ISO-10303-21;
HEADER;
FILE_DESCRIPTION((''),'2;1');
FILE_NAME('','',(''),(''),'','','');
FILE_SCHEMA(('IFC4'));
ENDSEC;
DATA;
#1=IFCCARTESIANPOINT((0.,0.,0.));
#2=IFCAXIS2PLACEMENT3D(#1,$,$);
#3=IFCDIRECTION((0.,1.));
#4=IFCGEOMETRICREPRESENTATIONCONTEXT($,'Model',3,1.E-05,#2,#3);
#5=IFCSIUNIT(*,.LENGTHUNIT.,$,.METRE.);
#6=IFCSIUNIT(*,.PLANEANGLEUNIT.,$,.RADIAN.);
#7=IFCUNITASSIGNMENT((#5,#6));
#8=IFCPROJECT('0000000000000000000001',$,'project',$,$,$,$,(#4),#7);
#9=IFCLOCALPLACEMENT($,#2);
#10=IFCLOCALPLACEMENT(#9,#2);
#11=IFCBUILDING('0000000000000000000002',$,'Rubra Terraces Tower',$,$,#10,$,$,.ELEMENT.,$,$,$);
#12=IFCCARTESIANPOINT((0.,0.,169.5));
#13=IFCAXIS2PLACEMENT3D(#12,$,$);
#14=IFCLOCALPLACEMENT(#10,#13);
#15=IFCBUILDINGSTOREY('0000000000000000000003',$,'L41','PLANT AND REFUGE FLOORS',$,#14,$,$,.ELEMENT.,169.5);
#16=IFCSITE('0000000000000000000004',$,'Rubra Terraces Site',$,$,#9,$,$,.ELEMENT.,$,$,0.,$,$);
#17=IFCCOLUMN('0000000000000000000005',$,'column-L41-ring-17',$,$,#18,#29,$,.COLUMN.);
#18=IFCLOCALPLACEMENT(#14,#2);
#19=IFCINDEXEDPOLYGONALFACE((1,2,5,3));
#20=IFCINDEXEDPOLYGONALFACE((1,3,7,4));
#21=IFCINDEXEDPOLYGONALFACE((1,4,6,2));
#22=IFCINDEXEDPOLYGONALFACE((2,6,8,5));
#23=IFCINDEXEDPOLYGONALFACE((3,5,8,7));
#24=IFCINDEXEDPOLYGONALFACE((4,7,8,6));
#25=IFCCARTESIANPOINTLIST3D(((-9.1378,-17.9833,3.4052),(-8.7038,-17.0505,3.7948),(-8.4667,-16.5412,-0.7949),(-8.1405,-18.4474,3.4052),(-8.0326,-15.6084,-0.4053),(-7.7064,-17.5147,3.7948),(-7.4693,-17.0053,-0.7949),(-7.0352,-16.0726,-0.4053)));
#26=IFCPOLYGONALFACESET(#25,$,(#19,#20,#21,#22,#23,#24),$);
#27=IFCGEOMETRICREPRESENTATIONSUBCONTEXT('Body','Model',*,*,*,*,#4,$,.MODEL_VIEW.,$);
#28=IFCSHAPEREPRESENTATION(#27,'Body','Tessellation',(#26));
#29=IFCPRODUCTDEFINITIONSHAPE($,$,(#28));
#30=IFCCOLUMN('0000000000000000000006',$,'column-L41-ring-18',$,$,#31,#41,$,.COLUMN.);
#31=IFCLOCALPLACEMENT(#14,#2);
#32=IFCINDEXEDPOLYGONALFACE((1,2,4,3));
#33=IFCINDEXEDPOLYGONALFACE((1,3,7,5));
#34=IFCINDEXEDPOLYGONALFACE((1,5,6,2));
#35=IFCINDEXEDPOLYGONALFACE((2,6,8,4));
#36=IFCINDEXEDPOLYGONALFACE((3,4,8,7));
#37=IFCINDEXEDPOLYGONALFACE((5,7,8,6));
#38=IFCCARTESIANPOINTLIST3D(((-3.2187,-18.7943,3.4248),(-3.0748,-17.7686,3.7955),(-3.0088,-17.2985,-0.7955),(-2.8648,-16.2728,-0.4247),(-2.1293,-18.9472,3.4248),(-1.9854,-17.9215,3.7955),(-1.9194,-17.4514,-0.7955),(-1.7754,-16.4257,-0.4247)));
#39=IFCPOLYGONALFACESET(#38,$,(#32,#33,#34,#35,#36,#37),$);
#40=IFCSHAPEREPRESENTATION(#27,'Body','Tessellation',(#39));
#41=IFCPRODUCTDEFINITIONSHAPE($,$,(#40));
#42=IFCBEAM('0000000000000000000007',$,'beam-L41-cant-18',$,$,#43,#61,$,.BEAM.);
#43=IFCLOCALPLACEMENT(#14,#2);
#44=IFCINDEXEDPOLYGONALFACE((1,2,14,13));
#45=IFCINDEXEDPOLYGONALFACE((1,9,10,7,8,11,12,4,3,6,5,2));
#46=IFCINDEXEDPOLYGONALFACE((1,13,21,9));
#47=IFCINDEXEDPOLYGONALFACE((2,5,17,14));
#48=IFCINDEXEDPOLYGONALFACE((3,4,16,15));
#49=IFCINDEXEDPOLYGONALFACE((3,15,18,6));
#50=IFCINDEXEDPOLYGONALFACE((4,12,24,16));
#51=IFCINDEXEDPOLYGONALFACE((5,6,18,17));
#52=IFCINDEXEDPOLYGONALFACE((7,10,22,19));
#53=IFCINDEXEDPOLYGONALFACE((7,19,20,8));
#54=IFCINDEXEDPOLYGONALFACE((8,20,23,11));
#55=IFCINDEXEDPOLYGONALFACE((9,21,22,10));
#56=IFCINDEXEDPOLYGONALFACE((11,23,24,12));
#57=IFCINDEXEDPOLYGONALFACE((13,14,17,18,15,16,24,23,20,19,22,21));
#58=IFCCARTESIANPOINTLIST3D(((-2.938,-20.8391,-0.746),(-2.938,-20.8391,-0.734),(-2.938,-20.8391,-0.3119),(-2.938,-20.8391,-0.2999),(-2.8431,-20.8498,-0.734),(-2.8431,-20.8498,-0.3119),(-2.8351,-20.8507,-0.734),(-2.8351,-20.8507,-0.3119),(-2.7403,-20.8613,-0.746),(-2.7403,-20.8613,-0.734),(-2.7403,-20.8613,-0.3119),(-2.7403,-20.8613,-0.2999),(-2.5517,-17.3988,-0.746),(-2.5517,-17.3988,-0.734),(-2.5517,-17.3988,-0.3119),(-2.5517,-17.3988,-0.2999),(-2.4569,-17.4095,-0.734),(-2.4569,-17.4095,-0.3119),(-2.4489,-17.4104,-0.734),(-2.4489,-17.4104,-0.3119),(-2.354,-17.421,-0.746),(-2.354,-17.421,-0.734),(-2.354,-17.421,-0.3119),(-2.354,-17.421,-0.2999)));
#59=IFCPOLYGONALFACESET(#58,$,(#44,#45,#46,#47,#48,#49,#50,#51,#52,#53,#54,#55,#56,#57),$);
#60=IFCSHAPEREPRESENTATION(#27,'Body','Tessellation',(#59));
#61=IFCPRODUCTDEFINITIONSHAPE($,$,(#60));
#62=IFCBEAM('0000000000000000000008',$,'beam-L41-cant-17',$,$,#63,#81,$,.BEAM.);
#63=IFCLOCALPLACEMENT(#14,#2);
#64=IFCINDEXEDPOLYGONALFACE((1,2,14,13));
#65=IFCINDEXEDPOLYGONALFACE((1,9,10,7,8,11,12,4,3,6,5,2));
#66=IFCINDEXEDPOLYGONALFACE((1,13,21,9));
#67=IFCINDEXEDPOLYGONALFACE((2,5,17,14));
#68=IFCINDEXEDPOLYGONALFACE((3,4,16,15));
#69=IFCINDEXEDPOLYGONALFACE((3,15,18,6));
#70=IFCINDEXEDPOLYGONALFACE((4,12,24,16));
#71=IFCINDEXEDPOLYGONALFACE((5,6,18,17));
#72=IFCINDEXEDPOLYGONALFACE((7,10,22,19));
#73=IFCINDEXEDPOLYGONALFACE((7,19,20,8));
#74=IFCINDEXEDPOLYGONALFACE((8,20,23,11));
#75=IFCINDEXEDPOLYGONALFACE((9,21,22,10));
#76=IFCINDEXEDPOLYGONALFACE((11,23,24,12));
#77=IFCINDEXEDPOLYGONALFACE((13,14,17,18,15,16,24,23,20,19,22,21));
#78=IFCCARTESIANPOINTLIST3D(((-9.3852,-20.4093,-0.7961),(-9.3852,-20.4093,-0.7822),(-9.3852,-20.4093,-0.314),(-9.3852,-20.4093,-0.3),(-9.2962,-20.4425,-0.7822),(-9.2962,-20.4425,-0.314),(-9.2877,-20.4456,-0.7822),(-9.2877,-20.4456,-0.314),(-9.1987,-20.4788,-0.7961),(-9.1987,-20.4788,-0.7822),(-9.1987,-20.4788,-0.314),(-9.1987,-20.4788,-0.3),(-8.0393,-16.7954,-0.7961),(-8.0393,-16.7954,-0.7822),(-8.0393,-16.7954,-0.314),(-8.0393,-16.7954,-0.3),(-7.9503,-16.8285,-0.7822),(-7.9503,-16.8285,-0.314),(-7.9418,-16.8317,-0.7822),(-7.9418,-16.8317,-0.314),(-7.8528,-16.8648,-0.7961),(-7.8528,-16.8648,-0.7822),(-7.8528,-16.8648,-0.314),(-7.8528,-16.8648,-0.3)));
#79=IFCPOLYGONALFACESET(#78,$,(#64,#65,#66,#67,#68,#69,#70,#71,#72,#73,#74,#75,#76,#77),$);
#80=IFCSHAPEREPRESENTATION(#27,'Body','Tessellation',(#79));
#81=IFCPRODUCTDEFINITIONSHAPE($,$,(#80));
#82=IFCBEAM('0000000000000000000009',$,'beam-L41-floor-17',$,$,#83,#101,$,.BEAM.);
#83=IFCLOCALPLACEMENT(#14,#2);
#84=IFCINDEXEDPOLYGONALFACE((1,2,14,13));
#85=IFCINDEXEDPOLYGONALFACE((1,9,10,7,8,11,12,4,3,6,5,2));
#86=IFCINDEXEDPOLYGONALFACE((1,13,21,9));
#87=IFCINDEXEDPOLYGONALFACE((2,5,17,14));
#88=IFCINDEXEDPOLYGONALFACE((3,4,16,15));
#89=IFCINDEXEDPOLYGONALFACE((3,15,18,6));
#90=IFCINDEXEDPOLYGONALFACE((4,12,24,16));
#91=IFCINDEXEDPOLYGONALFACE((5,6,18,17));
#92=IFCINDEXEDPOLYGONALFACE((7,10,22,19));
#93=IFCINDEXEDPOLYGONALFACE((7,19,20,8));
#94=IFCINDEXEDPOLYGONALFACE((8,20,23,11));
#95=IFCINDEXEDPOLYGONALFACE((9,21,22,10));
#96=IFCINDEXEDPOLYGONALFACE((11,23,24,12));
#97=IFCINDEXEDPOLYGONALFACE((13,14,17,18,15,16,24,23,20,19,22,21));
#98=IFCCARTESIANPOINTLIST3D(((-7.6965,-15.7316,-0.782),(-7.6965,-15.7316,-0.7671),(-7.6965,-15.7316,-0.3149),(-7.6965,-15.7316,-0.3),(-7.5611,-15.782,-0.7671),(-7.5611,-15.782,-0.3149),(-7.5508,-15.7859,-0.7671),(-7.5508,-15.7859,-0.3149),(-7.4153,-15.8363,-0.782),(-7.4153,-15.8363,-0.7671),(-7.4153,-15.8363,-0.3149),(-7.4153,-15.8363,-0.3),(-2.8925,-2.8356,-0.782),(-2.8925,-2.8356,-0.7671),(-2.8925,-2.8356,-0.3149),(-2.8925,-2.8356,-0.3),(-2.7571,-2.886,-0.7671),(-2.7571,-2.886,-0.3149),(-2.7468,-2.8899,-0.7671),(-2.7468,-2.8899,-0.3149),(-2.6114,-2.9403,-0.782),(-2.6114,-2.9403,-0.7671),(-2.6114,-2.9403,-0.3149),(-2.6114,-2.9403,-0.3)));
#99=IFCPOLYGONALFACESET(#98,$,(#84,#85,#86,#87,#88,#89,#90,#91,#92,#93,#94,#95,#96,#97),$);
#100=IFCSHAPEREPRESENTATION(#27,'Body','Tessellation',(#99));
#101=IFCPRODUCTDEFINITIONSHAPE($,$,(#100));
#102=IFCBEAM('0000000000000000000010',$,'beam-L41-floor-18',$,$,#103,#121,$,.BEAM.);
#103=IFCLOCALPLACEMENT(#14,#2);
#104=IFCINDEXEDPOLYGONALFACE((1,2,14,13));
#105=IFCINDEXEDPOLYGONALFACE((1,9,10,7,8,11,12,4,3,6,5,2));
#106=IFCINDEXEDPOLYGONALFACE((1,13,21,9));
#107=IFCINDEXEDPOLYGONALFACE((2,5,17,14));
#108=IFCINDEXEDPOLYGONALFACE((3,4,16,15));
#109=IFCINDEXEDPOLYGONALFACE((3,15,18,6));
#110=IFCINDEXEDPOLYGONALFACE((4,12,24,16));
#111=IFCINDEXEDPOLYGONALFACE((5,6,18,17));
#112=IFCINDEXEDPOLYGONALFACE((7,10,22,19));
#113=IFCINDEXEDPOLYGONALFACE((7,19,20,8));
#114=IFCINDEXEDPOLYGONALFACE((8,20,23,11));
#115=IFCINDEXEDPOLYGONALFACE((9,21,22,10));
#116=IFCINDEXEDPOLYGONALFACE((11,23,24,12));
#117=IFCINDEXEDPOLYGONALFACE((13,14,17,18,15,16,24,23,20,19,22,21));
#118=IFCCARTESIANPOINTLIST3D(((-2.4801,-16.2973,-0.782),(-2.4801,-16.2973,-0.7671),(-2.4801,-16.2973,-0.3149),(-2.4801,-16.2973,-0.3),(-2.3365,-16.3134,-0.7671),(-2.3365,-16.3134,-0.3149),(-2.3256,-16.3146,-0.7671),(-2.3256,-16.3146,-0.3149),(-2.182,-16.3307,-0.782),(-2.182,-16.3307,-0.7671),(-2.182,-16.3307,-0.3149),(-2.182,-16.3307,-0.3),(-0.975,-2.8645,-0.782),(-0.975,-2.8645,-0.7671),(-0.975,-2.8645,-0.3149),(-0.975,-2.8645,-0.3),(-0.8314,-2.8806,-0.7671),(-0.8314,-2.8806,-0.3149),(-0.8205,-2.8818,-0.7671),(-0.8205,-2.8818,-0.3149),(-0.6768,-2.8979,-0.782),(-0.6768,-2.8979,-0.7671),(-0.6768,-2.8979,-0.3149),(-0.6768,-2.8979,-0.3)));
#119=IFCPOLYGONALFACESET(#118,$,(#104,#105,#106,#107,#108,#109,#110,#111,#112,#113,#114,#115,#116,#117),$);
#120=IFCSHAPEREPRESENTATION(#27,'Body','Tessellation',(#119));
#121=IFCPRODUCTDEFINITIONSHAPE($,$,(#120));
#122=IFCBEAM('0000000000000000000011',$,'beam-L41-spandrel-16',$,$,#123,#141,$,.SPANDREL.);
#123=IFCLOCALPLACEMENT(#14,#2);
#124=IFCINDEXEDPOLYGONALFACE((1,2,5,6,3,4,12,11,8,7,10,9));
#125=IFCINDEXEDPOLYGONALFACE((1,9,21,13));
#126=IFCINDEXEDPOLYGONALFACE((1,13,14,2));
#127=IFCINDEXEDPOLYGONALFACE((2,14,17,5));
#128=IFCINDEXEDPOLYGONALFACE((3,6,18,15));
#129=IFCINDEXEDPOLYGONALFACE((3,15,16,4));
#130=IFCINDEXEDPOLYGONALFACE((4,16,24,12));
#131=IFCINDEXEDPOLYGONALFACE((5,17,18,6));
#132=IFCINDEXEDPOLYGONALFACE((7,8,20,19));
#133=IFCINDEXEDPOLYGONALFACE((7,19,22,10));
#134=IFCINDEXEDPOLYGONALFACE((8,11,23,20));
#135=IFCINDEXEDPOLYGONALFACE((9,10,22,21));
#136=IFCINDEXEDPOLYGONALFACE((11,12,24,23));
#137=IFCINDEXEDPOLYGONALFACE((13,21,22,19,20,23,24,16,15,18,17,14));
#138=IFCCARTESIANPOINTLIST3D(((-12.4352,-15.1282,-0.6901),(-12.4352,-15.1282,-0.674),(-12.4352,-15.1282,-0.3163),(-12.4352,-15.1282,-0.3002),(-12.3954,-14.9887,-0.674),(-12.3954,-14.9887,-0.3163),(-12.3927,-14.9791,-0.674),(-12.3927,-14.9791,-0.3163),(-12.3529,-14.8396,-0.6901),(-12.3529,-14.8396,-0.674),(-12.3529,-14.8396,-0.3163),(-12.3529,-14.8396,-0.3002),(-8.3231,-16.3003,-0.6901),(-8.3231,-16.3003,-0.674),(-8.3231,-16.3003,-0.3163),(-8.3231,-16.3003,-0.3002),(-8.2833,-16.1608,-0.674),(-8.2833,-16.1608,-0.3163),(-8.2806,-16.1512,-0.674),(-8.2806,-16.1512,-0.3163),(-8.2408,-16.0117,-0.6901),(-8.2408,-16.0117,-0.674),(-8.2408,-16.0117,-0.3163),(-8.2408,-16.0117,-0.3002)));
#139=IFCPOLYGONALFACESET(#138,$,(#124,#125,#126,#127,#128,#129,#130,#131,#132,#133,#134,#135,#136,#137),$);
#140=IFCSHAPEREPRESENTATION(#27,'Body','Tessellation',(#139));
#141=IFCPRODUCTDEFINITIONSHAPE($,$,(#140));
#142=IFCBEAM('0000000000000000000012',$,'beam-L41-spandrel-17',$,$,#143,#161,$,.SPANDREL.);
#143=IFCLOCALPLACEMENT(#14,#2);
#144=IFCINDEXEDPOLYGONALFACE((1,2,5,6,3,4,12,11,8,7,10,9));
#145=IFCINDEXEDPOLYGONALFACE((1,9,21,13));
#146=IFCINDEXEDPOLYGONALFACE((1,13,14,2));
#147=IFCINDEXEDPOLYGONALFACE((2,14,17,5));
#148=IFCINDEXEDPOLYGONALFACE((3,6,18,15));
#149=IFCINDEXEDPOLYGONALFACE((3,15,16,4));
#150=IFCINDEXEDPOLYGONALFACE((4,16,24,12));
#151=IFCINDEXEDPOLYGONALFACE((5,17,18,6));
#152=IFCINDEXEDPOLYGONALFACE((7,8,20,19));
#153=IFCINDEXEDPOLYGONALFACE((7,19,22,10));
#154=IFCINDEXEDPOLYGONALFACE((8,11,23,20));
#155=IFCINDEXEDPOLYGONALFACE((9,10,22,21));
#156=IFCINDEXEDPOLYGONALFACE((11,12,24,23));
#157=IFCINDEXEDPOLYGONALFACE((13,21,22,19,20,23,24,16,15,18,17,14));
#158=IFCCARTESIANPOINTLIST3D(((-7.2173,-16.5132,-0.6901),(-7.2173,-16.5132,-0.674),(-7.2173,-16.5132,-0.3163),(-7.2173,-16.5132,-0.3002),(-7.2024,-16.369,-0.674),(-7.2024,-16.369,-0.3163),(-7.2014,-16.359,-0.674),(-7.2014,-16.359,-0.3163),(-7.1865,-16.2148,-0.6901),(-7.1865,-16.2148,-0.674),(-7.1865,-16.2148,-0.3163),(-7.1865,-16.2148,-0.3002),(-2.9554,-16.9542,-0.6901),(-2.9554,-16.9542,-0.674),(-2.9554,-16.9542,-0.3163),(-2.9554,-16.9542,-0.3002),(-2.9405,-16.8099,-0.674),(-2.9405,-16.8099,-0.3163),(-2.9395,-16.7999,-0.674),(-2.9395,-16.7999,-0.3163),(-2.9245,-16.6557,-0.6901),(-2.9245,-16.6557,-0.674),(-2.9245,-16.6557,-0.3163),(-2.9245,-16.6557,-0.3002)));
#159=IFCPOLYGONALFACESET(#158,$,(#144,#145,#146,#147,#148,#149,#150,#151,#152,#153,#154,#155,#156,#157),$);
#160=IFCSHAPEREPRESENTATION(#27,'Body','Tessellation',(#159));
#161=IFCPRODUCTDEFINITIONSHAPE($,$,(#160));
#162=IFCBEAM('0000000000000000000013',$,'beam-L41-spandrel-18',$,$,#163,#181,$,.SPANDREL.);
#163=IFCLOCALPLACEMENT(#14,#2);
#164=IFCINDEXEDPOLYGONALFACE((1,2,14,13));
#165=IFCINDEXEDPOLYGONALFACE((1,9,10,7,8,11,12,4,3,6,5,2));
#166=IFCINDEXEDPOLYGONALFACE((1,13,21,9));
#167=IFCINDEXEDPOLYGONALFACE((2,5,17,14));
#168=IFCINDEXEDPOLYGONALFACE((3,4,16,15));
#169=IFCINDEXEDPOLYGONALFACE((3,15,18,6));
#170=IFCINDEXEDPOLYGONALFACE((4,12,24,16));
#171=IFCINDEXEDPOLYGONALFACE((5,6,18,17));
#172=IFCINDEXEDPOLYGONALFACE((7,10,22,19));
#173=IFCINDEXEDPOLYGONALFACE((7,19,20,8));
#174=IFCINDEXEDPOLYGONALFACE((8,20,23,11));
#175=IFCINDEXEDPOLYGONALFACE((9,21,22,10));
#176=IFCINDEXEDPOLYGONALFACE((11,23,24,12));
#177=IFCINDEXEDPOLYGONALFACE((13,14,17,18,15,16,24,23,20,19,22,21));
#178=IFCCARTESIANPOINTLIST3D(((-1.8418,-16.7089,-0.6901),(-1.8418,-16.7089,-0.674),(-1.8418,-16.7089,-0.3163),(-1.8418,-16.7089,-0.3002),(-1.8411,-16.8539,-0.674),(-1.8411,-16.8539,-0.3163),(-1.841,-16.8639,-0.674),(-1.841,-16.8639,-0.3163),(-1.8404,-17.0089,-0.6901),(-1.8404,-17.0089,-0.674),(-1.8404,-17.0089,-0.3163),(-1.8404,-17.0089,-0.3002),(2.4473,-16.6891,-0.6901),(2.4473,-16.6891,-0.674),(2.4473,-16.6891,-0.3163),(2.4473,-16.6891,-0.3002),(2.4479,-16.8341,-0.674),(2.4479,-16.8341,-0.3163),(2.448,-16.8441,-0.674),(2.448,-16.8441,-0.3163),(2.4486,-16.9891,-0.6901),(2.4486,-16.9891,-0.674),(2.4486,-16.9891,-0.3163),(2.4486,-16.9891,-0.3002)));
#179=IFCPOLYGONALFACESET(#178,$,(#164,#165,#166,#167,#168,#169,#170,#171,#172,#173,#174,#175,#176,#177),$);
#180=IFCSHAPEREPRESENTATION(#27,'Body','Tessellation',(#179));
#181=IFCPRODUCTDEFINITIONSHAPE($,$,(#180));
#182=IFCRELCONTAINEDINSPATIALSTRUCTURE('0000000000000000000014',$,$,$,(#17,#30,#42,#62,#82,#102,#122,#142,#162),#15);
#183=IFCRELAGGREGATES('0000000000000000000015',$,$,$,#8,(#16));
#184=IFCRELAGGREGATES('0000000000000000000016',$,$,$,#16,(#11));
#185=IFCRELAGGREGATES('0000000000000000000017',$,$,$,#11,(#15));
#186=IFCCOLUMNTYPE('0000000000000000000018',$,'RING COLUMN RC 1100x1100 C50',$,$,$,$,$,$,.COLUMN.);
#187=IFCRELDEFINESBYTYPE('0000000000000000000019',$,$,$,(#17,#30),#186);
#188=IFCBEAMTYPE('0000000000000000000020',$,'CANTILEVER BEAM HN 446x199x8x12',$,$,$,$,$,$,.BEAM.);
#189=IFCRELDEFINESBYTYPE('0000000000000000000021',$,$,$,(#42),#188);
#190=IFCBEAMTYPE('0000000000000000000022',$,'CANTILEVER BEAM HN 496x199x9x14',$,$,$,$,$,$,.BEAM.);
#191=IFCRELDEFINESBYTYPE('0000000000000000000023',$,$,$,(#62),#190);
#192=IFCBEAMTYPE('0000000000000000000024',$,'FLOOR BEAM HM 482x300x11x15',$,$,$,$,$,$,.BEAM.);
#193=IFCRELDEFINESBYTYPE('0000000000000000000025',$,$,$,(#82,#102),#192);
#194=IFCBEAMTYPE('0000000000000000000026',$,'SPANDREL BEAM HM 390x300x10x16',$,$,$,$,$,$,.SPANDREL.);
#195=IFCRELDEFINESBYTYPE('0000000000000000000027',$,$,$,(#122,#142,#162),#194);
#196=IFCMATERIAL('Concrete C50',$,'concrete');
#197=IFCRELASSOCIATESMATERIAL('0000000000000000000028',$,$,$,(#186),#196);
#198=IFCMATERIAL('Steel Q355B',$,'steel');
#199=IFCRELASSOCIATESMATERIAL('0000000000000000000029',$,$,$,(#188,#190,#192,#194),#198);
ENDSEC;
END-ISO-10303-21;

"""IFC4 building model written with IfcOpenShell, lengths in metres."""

from ifc_helpers import new_model, si_unit, direction, frame, origin, origin_2d, place, context, subcontext, project, spatial, rectangle, i_section, extrude, material, material_profile, profile_set, type_object, element, save


model = new_model("IFC4")

# Units and contexts
model_context = context("Model", 3, precision=1e-05, world=origin(), true_north=direction((0.0, 1.0)))
body_context = subcontext(model_context, "Body", "Model", "MODEL_VIEW")
ifc_project = project(units=[si_unit("LENGTHUNIT", "METRE"), si_unit("PLANEANGLEUNIT", "RADIAN")], contexts=[model_context])

# Site, building, storey
site_placement = place(None, origin())
site = spatial("IfcSite", under=ifc_project, at=site_placement, Name="Rubra Terraces Site", CompositionType="ELEMENT", RefElevation=0.0)
building_placement = place(site_placement, origin())
building = spatial("IfcBuilding", under=site, at=building_placement, Name="Rubra Terraces Tower", CompositionType="ELEMENT")
storey_placement = place(building_placement, frame((0.0, 0.0, 169.5)))
storey = spatial("IfcBuildingStorey", under=building, at=storey_placement, Name="L41", Description="PLANT AND REFUGE FLOORS", CompositionType="ELEMENT", Elevation=169.5)

# Columns
ifc_material_1 = material(Name="Concrete C50", Category="concrete")
ifc_material_profile_1 = material_profile(ifc_material_1, rectangle(XDim=1.1001, YDim=1.1001, at=origin_2d()), Name="RC 1100x1100")
ifc_profile_set_1 = profile_set([ifc_material_profile_1], Name="Concrete C50")
column_type = type_object("IfcColumnType", Name="RING COLUMN RC 1100x1100 C50", PredefinedType="COLUMN", material=ifc_profile_set_1)
column_1_placement = place(storey_placement, frame((-7.751, -16.3069, -0.6001), z_axis=(-0.149431, -0.321096, 0.935183), x_axis=(0.90663, -0.421927, 0.0)))
element("IfcColumn", 1, at=column_1_placement, inside=storey, type_object=column_type, Name="column-L41-ring-17", PredefinedType="COLUMN", context=body_context, shape_type="SweptSolid", body=[
    extrude(rectangle(XDim=1.1001, YDim=1.1001, at=origin_2d()), origin(), (0.0, 0.0, 1.0), 4.4912),
])
column_2_placement = place(storey_placement, frame((-2.3921, -16.8621, -0.6101), z_axis=(-0.046841, -0.333717, 0.941509), x_axis=(0.990292, -0.139, 0.0)))
element("IfcColumn", 2, at=column_2_placement, inside=storey, type_object=column_type, Name="column-L41-ring-18", PredefinedType="COLUMN", context=body_context, shape_type="SweptSolid", body=[
    extrude(rectangle(XDim=1.1001, YDim=1.1001, at=origin_2d()), origin(), (0.0, 0.0, 1.0), 4.4824),
])

# Beams
ifc_material_2 = material(Name="Steel Q355B", Category="steel")
ifc_material_profile_2 = material_profile(ifc_material_2, i_section(OverallWidth=0.199, OverallDepth=0.446, WebThickness=0.0081, FlangeThickness=0.012, at=origin_2d()), Name="HN 446x199x8x12")
ifc_profile_set_2 = profile_set([ifc_material_profile_2], Name="Steel Q355B")
beam_type_1 = type_object("IfcBeamType", Name="CANTILEVER BEAM HN 446x199x8x12", PredefinedType="BEAM", material=ifc_profile_set_2)
beam_1_placement = place(storey_placement, frame((-2.4529, -17.4099, -0.5229), z_axis=(-0.111569, -0.993757, 0.0), x_axis=(0.993757, -0.111569, 0.0)))
element("IfcBeam", 3, at=beam_1_placement, inside=storey, type_object=beam_type_1, Name="beam-L41-cant-18", PredefinedType="BEAM", context=body_context, shape_type="SweptSolid", body=[
    extrude(i_section(OverallWidth=0.199, OverallDepth=0.446, WebThickness=0.0081, FlangeThickness=0.012, at=origin_2d()), origin(), (0.0, 0.0, 1.0), 3.4619),
])
ifc_material_profile_3 = material_profile(ifc_material_2, i_section(OverallWidth=0.199, OverallDepth=0.4961, WebThickness=0.009, FlangeThickness=0.0139, at=origin_2d()), Name="HN 496x199x9x14")
ifc_profile_set_3 = profile_set([ifc_material_profile_3], Name="Steel Q355B")
beam_type_2 = type_object("IfcBeamType", Name="CANTILEVER BEAM HN 496x199x9x14", PredefinedType="BEAM", material=ifc_profile_set_3)
beam_2_placement = place(storey_placement, frame((-7.946, -16.8301, -0.5481), z_axis=(-0.349007, -0.93712, 0.0), x_axis=(0.93712, -0.349007, 0.0)))
element("IfcBeam", 4, at=beam_2_placement, inside=storey, type_object=beam_type_2, Name="beam-L41-cant-17", PredefinedType="BEAM", context=body_context, shape_type="SweptSolid", body=[
    extrude(i_section(OverallWidth=0.199, OverallDepth=0.4961, WebThickness=0.009, FlangeThickness=0.0139, at=origin_2d()), origin(), (0.0, 0.0, 1.0), 3.8564),
])
ifc_material_profile_4 = material_profile(ifc_material_2, i_section(OverallWidth=0.3, OverallDepth=0.4819, WebThickness=0.011, FlangeThickness=0.0149, at=origin_2d()), Name="HM 482x300x11x15")
ifc_profile_set_4 = profile_set([ifc_material_profile_4], Name="Steel Q355B")
beam_type_3 = type_object("IfcBeamType", Name="FLOOR BEAM HM 482x300x11x15", PredefinedType="BEAM", material=ifc_profile_set_4)
beam_3_placement = place(storey_placement, frame((-7.5559, -15.7839, -0.541), z_axis=(0.349081, 0.937092, 0.0), x_axis=(-0.937092, 0.349081, 0.0)))
element("IfcBeam", 5, at=beam_3_placement, inside=storey, type_object=beam_type_3, Name="beam-L41-floor-17", PredefinedType="BEAM", context=body_context, shape_type="SweptSolid", body=[
    extrude(i_section(OverallWidth=0.3, OverallDepth=0.4819, WebThickness=0.011, FlangeThickness=0.0149, at=origin_2d()), origin(), (0.0, 0.0, 1.0), 13.7617),
])
beam_4_placement = place(storey_placement, frame((-2.3311, -16.314, -0.541), z_axis=(0.111351, 0.993781, 0.0), x_axis=(-0.993781, 0.111351, 0.0)))
element("IfcBeam", 6, at=beam_4_placement, inside=storey, type_object=beam_type_3, Name="beam-L41-floor-18", PredefinedType="BEAM", context=body_context, shape_type="SweptSolid", body=[
    extrude(i_section(OverallWidth=0.3, OverallDepth=0.4819, WebThickness=0.011, FlangeThickness=0.0149, at=origin_2d()), origin(), (0.0, 0.0, 1.0), 13.5168),
])
ifc_material_profile_5 = material_profile(ifc_material_2, i_section(OverallWidth=0.3, OverallDepth=0.3899, WebThickness=0.01, FlangeThickness=0.0161, at=origin_2d()), Name="HM 390x300x10x16")
ifc_profile_set_5 = profile_set([ifc_material_profile_5], Name="Steel Q355B")
beam_type_4 = type_object("IfcBeamType", Name="SPANDREL BEAM HM 390x300x10x16", PredefinedType="SPANDREL", material=ifc_profile_set_5)
beam_5_placement = place(storey_placement, frame((-12.394, -14.9839, -0.4951), z_axis=(0.961694, -0.274125, 0.0), x_axis=(0.274125, 0.961694, 0.0)))
element("IfcBeam", 7, at=beam_5_placement, inside=storey, type_object=beam_type_4, Name="beam-L41-spandrel-16", PredefinedType="SPANDREL", context=body_context, shape_type="SweptSolid", body=[
    extrude(i_section(OverallWidth=0.3, OverallDepth=0.3899, WebThickness=0.01, FlangeThickness=0.0161, at=origin_2d()), origin(), (0.0, 0.0, 1.0), 4.2759),
])
beam_6_placement = place(storey_placement, frame((-7.2019, -16.364, -0.4951), z_axis=(0.994691, -0.102905, 0.0), x_axis=(0.102905, 0.994691, 0.0)))
element("IfcBeam", 8, at=beam_6_placement, inside=storey, type_object=beam_type_4, Name="beam-L41-spandrel-17", PredefinedType="SPANDREL", context=body_context, shape_type="SweptSolid", body=[
    extrude(i_section(OverallWidth=0.3, OverallDepth=0.3899, WebThickness=0.01, FlangeThickness=0.0161, at=origin_2d()), origin(), (0.0, 0.0, 1.0), 4.2847),
])
beam_7_placement = place(storey_placement, frame((-1.8411, -16.8589, -0.4951), z_axis=(0.999989, 0.004611, 0.0), x_axis=(-0.004611, 0.999989, 0.0)))
element("IfcBeam", 9, at=beam_7_placement, inside=storey, type_object=beam_type_4, Name="beam-L41-spandrel-18", PredefinedType="SPANDREL", context=body_context, shape_type="SweptSolid", body=[
    extrude(i_section(OverallWidth=0.3, OverallDepth=0.3899, WebThickness=0.01, FlangeThickness=0.0161, at=origin_2d()), origin(), (0.0, 0.0, 1.0), 4.2891),
])

save(model, "model.ifc")
